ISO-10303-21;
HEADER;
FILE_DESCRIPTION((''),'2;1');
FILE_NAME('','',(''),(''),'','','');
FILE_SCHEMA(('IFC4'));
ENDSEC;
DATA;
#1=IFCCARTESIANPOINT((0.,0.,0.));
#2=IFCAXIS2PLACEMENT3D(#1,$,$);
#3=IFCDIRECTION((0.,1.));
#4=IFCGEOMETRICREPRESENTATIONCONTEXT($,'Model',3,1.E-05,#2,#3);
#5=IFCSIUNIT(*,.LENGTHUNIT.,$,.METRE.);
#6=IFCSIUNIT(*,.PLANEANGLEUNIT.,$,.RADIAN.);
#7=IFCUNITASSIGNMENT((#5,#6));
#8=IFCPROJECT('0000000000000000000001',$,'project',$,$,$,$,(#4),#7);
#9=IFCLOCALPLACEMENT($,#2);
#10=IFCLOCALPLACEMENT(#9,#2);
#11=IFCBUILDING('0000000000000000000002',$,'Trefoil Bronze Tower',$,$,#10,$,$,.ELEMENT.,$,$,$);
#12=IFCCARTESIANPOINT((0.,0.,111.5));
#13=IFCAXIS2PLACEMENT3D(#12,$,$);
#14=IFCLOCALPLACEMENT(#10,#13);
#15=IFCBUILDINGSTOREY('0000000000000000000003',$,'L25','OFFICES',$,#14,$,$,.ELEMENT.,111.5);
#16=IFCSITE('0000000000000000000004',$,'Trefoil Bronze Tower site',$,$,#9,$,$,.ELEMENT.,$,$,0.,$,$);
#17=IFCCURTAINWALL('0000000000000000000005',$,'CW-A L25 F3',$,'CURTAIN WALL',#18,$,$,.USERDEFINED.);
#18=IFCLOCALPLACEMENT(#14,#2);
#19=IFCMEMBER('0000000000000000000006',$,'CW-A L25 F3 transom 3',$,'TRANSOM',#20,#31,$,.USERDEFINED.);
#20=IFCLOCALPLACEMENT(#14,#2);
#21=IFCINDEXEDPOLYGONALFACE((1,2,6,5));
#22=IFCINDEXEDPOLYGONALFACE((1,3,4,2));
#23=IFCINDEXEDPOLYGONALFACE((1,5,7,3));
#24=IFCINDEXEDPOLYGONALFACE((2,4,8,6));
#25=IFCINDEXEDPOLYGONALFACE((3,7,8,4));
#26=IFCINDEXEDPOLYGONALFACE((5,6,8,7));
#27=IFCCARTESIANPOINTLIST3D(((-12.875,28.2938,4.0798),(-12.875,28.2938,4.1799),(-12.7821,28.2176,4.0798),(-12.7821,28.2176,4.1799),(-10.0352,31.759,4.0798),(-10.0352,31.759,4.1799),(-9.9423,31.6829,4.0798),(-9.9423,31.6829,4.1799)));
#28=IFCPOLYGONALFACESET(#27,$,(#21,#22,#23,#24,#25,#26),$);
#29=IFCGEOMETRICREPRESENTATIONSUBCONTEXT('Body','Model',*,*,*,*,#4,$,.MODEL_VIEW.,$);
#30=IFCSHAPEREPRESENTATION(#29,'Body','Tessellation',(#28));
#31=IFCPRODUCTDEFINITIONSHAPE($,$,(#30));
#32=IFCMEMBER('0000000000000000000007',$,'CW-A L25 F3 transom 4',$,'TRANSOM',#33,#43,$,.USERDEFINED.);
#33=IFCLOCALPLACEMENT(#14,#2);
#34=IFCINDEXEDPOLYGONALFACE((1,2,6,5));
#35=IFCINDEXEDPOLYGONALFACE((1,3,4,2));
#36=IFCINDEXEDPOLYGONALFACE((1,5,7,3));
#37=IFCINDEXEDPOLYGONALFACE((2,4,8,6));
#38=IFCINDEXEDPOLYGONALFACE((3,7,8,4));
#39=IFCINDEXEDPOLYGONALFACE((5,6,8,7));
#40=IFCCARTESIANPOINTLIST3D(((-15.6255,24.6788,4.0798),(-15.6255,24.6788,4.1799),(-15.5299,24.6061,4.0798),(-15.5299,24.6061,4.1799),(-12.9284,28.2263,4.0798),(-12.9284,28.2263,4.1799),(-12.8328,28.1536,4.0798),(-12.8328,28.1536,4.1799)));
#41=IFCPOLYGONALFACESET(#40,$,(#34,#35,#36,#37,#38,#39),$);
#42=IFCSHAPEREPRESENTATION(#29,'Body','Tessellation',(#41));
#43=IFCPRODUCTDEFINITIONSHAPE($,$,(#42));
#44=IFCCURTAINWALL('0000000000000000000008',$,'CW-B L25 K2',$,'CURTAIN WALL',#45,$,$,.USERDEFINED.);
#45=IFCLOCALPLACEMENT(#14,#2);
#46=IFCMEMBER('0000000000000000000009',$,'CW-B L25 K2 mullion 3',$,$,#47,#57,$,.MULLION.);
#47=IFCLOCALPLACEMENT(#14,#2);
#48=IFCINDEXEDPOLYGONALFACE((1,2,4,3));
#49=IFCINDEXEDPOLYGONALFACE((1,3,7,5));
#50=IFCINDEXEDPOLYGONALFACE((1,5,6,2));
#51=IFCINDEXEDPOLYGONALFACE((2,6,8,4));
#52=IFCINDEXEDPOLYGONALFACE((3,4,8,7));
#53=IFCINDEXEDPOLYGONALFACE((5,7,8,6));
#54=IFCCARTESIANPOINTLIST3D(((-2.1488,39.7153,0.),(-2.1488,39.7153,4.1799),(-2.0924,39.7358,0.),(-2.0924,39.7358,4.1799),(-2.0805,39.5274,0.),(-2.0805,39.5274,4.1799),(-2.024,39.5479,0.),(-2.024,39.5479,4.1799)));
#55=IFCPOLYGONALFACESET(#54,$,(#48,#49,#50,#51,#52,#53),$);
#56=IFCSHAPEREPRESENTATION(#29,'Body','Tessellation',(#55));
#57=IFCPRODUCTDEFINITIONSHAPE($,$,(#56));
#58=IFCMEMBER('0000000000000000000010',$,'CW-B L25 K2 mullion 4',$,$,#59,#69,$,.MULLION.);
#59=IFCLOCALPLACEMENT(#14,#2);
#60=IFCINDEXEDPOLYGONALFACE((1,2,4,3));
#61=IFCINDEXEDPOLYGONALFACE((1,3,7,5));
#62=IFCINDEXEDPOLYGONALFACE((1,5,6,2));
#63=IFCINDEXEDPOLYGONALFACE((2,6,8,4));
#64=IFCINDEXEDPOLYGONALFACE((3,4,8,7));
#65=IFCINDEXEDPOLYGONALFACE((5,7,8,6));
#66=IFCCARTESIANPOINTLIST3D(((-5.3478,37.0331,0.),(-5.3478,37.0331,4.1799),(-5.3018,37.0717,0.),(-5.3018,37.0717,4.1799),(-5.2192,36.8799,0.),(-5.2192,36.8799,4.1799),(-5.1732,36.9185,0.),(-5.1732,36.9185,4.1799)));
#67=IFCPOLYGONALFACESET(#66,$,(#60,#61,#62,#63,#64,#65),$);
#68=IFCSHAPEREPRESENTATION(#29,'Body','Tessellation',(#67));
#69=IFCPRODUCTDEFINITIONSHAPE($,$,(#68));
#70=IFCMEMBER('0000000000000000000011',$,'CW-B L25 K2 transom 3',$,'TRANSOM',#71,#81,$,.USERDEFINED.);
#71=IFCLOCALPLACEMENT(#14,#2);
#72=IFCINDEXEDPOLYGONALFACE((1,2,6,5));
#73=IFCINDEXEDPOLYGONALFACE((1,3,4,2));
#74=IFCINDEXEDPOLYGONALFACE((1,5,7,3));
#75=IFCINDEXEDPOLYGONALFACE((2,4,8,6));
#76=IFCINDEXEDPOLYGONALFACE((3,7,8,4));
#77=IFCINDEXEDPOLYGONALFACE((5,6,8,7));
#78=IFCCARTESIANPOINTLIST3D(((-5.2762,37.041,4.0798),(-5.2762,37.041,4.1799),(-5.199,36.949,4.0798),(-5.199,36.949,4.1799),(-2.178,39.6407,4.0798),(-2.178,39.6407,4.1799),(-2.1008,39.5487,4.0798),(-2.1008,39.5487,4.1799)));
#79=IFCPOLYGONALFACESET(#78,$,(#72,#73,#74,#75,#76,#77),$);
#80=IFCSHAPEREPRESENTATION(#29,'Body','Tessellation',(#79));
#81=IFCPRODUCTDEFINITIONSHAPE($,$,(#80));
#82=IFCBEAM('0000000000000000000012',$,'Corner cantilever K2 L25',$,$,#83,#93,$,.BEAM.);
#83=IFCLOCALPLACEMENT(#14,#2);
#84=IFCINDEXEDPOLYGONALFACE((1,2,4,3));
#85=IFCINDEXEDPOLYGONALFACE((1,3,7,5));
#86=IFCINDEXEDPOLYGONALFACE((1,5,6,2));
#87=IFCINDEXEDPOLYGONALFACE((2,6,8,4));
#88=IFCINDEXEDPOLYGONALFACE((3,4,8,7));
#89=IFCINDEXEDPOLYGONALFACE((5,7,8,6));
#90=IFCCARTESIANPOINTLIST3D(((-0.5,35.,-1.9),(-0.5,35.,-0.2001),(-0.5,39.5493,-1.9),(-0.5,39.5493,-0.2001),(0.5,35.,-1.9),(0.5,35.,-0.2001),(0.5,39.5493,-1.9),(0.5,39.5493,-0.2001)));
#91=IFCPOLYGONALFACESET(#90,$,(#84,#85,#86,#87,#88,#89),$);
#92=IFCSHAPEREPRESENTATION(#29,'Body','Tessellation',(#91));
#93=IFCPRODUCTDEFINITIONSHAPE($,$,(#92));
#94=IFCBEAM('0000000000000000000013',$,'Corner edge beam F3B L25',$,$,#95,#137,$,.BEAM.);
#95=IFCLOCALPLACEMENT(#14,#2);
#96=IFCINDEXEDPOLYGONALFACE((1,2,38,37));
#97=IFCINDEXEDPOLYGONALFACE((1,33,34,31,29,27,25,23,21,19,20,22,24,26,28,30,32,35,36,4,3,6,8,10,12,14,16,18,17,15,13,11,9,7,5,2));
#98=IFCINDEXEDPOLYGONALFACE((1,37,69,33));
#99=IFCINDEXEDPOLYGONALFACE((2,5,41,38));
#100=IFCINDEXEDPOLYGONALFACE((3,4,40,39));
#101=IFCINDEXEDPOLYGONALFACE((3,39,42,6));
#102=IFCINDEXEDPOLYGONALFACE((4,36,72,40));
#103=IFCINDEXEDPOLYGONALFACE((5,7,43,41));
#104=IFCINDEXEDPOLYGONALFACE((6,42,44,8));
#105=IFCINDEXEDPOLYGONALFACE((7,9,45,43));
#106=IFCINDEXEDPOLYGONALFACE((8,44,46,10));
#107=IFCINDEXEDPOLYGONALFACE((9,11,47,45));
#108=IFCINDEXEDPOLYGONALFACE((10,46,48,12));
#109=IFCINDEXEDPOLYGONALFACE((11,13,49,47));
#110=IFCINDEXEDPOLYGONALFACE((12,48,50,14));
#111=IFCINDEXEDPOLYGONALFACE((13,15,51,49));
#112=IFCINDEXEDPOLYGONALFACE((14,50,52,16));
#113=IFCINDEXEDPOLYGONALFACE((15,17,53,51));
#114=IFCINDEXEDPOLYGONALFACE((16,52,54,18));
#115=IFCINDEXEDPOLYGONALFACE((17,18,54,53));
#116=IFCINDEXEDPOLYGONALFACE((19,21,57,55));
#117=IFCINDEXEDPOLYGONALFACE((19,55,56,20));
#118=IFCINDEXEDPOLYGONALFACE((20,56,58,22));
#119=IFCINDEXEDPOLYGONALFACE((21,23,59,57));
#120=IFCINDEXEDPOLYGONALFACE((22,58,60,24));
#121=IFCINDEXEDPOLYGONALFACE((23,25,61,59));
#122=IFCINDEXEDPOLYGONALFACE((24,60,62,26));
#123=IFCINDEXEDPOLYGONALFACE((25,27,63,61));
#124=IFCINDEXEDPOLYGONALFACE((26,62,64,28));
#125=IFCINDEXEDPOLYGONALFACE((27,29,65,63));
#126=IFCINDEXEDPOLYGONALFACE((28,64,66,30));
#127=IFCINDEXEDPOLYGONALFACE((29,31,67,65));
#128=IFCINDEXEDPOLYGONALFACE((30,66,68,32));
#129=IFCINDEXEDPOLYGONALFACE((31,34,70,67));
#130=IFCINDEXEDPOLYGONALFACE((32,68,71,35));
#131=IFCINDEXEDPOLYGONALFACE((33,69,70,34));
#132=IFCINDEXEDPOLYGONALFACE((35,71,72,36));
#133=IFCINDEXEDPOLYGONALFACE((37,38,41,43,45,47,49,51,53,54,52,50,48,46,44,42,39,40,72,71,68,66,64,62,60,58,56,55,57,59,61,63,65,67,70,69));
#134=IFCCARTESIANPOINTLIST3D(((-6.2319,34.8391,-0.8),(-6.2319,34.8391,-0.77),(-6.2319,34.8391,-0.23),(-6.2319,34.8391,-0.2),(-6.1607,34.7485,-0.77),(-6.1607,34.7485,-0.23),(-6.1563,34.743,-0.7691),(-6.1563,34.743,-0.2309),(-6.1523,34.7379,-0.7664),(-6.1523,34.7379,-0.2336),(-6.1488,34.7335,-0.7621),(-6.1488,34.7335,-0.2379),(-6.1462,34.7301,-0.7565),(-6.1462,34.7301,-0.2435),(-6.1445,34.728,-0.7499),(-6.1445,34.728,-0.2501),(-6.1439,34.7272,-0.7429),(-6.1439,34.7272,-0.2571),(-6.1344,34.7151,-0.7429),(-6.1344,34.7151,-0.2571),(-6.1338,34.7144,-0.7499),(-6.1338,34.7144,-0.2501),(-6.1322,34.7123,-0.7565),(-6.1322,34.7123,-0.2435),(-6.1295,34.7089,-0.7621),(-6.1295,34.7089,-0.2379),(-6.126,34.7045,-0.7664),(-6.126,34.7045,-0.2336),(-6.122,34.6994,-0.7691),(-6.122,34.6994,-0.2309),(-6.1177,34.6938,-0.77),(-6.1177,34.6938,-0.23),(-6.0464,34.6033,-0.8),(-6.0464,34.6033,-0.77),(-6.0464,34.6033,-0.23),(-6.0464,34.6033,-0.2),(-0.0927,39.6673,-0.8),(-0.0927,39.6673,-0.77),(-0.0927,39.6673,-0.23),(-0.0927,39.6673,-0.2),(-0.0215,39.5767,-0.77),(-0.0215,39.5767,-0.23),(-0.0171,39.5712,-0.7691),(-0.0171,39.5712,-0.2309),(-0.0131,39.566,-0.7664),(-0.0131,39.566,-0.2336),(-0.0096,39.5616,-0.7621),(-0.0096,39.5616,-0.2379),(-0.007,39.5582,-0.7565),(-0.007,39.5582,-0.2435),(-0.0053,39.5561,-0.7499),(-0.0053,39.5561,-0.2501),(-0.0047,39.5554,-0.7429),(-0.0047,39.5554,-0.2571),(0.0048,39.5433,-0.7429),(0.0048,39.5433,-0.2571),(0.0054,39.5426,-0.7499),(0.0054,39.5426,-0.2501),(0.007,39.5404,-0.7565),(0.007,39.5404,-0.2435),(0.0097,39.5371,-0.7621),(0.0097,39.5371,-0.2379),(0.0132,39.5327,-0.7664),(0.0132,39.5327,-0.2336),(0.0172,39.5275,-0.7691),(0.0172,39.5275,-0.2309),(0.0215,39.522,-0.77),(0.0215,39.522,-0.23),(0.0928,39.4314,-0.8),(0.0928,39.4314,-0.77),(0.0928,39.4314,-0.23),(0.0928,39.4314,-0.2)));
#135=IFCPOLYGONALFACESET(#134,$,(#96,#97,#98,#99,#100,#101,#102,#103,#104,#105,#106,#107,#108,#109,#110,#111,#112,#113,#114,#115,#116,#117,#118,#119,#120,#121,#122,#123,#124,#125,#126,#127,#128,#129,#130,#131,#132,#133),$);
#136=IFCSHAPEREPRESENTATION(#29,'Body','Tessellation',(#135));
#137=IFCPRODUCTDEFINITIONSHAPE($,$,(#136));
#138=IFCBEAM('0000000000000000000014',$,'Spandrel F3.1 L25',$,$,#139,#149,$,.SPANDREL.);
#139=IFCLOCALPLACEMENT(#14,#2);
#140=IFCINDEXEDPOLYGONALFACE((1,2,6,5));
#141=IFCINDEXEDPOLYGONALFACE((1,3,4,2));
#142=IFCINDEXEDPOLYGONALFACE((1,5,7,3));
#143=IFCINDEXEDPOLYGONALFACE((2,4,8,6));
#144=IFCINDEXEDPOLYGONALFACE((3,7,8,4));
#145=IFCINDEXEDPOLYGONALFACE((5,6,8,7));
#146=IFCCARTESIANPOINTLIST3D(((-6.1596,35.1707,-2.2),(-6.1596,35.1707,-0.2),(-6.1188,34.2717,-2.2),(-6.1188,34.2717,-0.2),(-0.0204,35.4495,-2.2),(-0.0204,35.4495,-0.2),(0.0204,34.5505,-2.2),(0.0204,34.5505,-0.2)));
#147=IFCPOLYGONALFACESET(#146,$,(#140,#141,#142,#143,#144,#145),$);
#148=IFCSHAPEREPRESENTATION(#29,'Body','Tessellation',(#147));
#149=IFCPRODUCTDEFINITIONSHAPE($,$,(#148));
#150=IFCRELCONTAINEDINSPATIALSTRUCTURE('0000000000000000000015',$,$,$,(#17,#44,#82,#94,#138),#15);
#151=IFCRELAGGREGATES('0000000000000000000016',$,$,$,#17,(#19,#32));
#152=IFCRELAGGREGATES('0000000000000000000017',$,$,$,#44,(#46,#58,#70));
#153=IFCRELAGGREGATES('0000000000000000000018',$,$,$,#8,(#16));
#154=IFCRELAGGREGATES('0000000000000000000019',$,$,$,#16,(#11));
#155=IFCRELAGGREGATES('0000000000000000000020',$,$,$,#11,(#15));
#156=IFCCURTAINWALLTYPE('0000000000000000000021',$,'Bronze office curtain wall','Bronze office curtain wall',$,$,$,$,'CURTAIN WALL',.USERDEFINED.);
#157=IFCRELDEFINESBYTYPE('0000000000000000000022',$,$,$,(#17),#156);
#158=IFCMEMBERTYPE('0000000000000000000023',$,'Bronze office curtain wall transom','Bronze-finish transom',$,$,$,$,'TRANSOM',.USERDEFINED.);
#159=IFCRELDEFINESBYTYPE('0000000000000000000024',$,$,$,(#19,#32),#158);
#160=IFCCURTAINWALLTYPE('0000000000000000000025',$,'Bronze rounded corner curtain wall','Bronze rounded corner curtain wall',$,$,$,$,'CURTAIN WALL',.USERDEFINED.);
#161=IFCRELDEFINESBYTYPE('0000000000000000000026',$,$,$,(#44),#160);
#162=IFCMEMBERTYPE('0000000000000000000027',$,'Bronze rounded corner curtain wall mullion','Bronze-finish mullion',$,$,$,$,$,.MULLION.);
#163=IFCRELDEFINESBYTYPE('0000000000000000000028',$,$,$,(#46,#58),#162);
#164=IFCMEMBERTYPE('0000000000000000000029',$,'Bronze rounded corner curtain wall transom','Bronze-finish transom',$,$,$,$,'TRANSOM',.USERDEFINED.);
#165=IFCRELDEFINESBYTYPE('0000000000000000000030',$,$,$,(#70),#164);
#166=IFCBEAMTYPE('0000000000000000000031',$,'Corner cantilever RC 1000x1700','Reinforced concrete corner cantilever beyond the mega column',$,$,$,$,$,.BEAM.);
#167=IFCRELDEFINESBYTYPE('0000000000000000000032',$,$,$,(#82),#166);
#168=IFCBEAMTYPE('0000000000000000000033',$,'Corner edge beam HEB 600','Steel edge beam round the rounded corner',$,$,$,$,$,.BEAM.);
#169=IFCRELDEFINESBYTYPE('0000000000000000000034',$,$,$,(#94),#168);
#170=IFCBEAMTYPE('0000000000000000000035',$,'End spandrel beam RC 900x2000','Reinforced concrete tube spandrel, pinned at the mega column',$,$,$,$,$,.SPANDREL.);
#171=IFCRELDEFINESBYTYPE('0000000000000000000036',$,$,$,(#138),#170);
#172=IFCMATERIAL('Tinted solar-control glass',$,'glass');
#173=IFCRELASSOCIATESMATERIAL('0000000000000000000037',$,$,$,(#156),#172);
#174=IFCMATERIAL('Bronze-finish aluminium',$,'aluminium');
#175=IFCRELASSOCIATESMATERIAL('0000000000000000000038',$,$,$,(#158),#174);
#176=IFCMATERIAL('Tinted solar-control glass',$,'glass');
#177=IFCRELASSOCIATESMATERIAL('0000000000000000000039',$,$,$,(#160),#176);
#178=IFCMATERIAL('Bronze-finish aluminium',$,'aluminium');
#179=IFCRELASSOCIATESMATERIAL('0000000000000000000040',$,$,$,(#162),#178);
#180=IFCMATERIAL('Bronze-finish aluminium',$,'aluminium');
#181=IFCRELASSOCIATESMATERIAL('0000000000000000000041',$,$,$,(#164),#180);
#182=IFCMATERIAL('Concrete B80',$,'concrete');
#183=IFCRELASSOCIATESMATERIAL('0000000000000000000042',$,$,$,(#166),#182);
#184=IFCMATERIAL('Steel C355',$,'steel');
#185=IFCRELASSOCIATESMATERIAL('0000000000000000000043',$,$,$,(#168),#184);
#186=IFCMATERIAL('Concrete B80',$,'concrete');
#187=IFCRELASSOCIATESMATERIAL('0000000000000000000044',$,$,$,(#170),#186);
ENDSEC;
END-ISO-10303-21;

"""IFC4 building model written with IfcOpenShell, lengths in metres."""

from ifc_helpers import new_model, si_unit, direction, frame, origin, origin_2d, place, context, subcontext, project, spatial, rectangle, i_section, extrude, material, material_profile, profile_set, type_object, element, aggregate, save


model = new_model("IFC4")

# Units and contexts
model_context = context("Model", 3, precision=1e-05, world=origin(), true_north=direction((0.0, 1.0)))
body_context = subcontext(model_context, "Body", "Model", "MODEL_VIEW")
ifc_project = project(units=[si_unit("LENGTHUNIT", "METRE"), si_unit("PLANEANGLEUNIT", "RADIAN")], contexts=[model_context])

# Site, building, storey
site_placement = place(None, origin())
site = spatial("IfcSite", under=ifc_project, at=site_placement, Name="Trefoil Bronze Tower site", CompositionType="ELEMENT", RefElevation=0.0)
building_placement = place(site_placement, origin())
building = spatial("IfcBuilding", under=site, at=building_placement, Name="Trefoil Bronze Tower", CompositionType="ELEMENT")
storey_placement = place(building_placement, frame((0.0, 0.0, 111.5)))
storey = spatial("IfcBuildingStorey", under=building, at=storey_placement, Name="L25", Description="OFFICES", CompositionType="ELEMENT", Elevation=111.5)

# Curtain walls, members
ifc_material_1 = material(Name="Tinted solar-control glass", Category="glass")
curtain_wall_type_1 = type_object("IfcCurtainWallType", Name="Bronze office curtain wall", Description="Bronze office curtain wall", ElementType="CURTAIN WALL", PredefinedType="USERDEFINED", material=ifc_material_1)
curtain_wall_1_placement = place(storey_placement, origin())
curtain_wall_1 = element("IfcCurtainWall", 1, at=curtain_wall_1_placement, inside=storey, type_object=curtain_wall_type_1, Name="CW-A L25 F3", ObjectType="CURTAIN WALL", PredefinedType="USERDEFINED")
ifc_material_2 = material(Name="Bronze-finish aluminium", Category="aluminium")
ifc_material_profile_1 = material_profile(ifc_material_2, rectangle(XDim=0.1201, YDim=0.1001, at=origin_2d()), Name="CW-A transom")
ifc_profile_set_1 = profile_set([ifc_material_profile_1], Name="Bronze-finish aluminium")
member_type_1 = type_object("IfcMemberType", Name="Bronze office curtain wall transom", Description="Bronze-finish transom", ElementType="TRANSOM", PredefinedType="USERDEFINED", material=ifc_profile_set_1)
member_1_placement = place(storey_placement, frame((-9.9888, 31.7209, 4.1299), z_axis=(-0.633849, -0.773457, 0.0), x_axis=(0.773457, -0.633849, 0.0)))
member_1 = element("IfcMember", 2, at=member_1_placement, type_object=member_type_1, Name="CW-A L25 F3 transom 3", ObjectType="TRANSOM", PredefinedType="USERDEFINED", context=body_context, shape_type="SweptSolid", body=[
    extrude(rectangle(XDim=0.1201, YDim=0.1001, at=origin_2d()), origin(), (0.0, 0.0, 1.0), 4.4802),
])
member_2_placement = place(storey_placement, frame((-12.8806, 28.1899, 4.1299), z_axis=(-0.605229, -0.796051, 0.0), x_axis=(0.796051, -0.605229, 0.0)))
member_2 = element("IfcMember", 3, at=member_2_placement, type_object=member_type_1, Name="CW-A L25 F3 transom 4", ObjectType="TRANSOM", PredefinedType="USERDEFINED", context=body_context, shape_type="SweptSolid", body=[
    extrude(rectangle(XDim=0.1201, YDim=0.1001, at=origin_2d()), origin(), (0.0, 0.0, 1.0), 4.4563),
])
ifc_material_3 = material(Name="Tinted solar-control glass", Category="glass")
curtain_wall_type_2 = type_object("IfcCurtainWallType", Name="Bronze rounded corner curtain wall", Description="Bronze rounded corner curtain wall", ElementType="CURTAIN WALL", PredefinedType="USERDEFINED", material=ifc_material_3)
curtain_wall_2_placement = place(storey_placement, origin())
curtain_wall_2 = element("IfcCurtainWall", 4, at=curtain_wall_2_placement, inside=storey, type_object=curtain_wall_type_2, Name="CW-B L25 K2", ObjectType="CURTAIN WALL", PredefinedType="USERDEFINED")
ifc_material_4 = material(Name="Bronze-finish aluminium", Category="aluminium")
ifc_material_profile_2 = material_profile(ifc_material_4, rectangle(XDim=0.2, YDim=0.0601, at=origin_2d()), Name="CW-B mullion")
ifc_profile_set_2 = profile_set([ifc_material_profile_2], Name="Bronze-finish aluminium")
member_type_2 = type_object("IfcMemberType", Name="Bronze rounded corner curtain wall mullion", Description="Bronze-finish mullion", PredefinedType="MULLION", material=ifc_profile_set_2)
member_3_placement = place(storey_placement, frame((-2.0864, 39.6316, 0.0), z_axis=(0.0, 0.0, 1.0), x_axis=(0.34202, -0.939693, 0.0)))
member_3 = element("IfcMember", 5, at=member_3_placement, type_object=member_type_2, Name="CW-B L25 K2 mullion 3", PredefinedType="MULLION", context=body_context, shape_type="SweptSolid", body=[
    extrude(rectangle(XDim=0.2, YDim=0.0601, at=origin_2d()), origin(), (0.0, 0.0, 1.0), 4.1799),
])
member_4_placement = place(storey_placement, frame((-5.2605, 36.9758, 0.0), z_axis=(0.0, 0.0, 1.0), x_axis=(0.642788, -0.766044, 0.0)))
member_4 = element("IfcMember", 6, at=member_4_placement, type_object=member_type_2, Name="CW-B L25 K2 mullion 4", PredefinedType="MULLION", context=body_context, shape_type="SweptSolid", body=[
    extrude(rectangle(XDim=0.2, YDim=0.0601, at=origin_2d()), origin(), (0.0, 0.0, 1.0), 4.1799),
])
ifc_material_5 = material(Name="Bronze-finish aluminium", Category="aluminium")
ifc_material_profile_3 = material_profile(ifc_material_5, rectangle(XDim=0.1201, YDim=0.1001, at=origin_2d()), Name="CW-B transom")
ifc_profile_set_3 = profile_set([ifc_material_profile_3], Name="Bronze-finish aluminium")
member_type_3 = type_object("IfcMemberType", Name="Bronze rounded corner curtain wall transom", Description="Bronze-finish transom", ElementType="TRANSOM", PredefinedType="USERDEFINED", material=ifc_profile_set_3)
member_5_placement = place(storey_placement, frame((-2.1394, 39.5947, 4.1299), z_axis=(-0.76605, -0.642781, 0.0), x_axis=(0.642781, -0.76605, 0.0)))
member_5 = element("IfcMember", 7, at=member_5_placement, type_object=member_type_3, Name="CW-B L25 K2 transom 3", ObjectType="TRANSOM", PredefinedType="USERDEFINED", context=body_context, shape_type="SweptSolid", body=[
    extrude(rectangle(XDim=0.1201, YDim=0.1001, at=origin_2d()), origin(), (0.0, 0.0, 1.0), 4.0444),
])

# Beams
ifc_material_6 = material(Name="Concrete B80", Category="concrete")
ifc_material_profile_4 = material_profile(ifc_material_6, rectangle(XDim=1.0, YDim=1.7, at=origin_2d()), Name="RC 1000x1700")
ifc_profile_set_4 = profile_set([ifc_material_profile_4], Name="Concrete B80")
beam_type_1 = type_object("IfcBeamType", Name="Corner cantilever RC 1000x1700", Description="Reinforced concrete corner cantilever beyond the mega column", PredefinedType="BEAM", material=ifc_profile_set_4)
beam_1_placement = place(storey_placement, frame((0.0, 35.0, -1.05), z_axis=(0.0, 1.0, 0.0), x_axis=(-1.0, 0.0, 0.0)))
element("IfcBeam", 8, at=beam_1_placement, inside=storey, type_object=beam_type_1, Name="Corner cantilever K2 L25", PredefinedType="BEAM", context=body_context, shape_type="SweptSolid", body=[
    extrude(rectangle(XDim=1.0, YDim=1.7, at=origin_2d()), origin(), (0.0, 0.0, 1.0), 4.5493),
])
ifc_material_7 = material(Name="Steel C355", Category="steel")
ifc_material_profile_5 = material_profile(ifc_material_7, i_section(OverallWidth=0.3, OverallDepth=0.6001, WebThickness=0.0154, FlangeThickness=0.03, FilletRadius=0.0271, at=origin_2d()), Name="HEB 600")
ifc_profile_set_5 = profile_set([ifc_material_profile_5], Name="Steel C355")
beam_type_2 = type_object("IfcBeamType", Name="Corner edge beam HEB 600", Description="Steel edge beam round the rounded corner", PredefinedType="BEAM", material=ifc_profile_set_5)
beam_2_placement = place(storey_placement, frame((-6.1392, 34.7212, -0.5), z_axis=(0.786038, 0.618178, 0.0), x_axis=(-0.618178, 0.786038, 0.0)))
element("IfcBeam", 9, at=beam_2_placement, inside=storey, type_object=beam_type_2, Name="Corner edge beam F3B L25", PredefinedType="BEAM", context=body_context, shape_type="SweptSolid", body=[
    extrude(i_section(OverallWidth=0.3, OverallDepth=0.6001, WebThickness=0.0154, FlangeThickness=0.03, FilletRadius=0.0271, at=origin_2d()), origin(), (0.0, 0.0, 1.0), 7.8103),
])
ifc_material_8 = material(Name="Concrete B80", Category="concrete")
ifc_material_profile_6 = material_profile(ifc_material_8, rectangle(XDim=0.8999, YDim=2.0, at=origin_2d()), Name="RC 900x2000")
ifc_profile_set_6 = profile_set([ifc_material_profile_6], Name="Concrete B80")
beam_type_3 = type_object("IfcBeamType", Name="End spandrel beam RC 900x2000", Description="Reinforced concrete tube spandrel, pinned at the mega column", PredefinedType="SPANDREL", material=ifc_profile_set_6)
beam_3_placement = place(storey_placement, frame((0.0, 35.0, -1.2), z_axis=(-0.99897, -0.045368, 0.0), x_axis=(0.045368, -0.99897, 0.0)))
element("IfcBeam", 10, at=beam_3_placement, inside=storey, type_object=beam_type_3, Name="Spandrel F3.1 L25", PredefinedType="SPANDREL", context=body_context, shape_type="SweptSolid", body=[
    extrude(rectangle(XDim=0.8999, YDim=2.0, at=origin_2d()), origin(), (0.0, 0.0, 1.0), 6.1455),
])

aggregate(curtain_wall_1, [member_1, member_2])
aggregate(curtain_wall_2, [member_3, member_4, member_5])

save(model, "model.ifc")
